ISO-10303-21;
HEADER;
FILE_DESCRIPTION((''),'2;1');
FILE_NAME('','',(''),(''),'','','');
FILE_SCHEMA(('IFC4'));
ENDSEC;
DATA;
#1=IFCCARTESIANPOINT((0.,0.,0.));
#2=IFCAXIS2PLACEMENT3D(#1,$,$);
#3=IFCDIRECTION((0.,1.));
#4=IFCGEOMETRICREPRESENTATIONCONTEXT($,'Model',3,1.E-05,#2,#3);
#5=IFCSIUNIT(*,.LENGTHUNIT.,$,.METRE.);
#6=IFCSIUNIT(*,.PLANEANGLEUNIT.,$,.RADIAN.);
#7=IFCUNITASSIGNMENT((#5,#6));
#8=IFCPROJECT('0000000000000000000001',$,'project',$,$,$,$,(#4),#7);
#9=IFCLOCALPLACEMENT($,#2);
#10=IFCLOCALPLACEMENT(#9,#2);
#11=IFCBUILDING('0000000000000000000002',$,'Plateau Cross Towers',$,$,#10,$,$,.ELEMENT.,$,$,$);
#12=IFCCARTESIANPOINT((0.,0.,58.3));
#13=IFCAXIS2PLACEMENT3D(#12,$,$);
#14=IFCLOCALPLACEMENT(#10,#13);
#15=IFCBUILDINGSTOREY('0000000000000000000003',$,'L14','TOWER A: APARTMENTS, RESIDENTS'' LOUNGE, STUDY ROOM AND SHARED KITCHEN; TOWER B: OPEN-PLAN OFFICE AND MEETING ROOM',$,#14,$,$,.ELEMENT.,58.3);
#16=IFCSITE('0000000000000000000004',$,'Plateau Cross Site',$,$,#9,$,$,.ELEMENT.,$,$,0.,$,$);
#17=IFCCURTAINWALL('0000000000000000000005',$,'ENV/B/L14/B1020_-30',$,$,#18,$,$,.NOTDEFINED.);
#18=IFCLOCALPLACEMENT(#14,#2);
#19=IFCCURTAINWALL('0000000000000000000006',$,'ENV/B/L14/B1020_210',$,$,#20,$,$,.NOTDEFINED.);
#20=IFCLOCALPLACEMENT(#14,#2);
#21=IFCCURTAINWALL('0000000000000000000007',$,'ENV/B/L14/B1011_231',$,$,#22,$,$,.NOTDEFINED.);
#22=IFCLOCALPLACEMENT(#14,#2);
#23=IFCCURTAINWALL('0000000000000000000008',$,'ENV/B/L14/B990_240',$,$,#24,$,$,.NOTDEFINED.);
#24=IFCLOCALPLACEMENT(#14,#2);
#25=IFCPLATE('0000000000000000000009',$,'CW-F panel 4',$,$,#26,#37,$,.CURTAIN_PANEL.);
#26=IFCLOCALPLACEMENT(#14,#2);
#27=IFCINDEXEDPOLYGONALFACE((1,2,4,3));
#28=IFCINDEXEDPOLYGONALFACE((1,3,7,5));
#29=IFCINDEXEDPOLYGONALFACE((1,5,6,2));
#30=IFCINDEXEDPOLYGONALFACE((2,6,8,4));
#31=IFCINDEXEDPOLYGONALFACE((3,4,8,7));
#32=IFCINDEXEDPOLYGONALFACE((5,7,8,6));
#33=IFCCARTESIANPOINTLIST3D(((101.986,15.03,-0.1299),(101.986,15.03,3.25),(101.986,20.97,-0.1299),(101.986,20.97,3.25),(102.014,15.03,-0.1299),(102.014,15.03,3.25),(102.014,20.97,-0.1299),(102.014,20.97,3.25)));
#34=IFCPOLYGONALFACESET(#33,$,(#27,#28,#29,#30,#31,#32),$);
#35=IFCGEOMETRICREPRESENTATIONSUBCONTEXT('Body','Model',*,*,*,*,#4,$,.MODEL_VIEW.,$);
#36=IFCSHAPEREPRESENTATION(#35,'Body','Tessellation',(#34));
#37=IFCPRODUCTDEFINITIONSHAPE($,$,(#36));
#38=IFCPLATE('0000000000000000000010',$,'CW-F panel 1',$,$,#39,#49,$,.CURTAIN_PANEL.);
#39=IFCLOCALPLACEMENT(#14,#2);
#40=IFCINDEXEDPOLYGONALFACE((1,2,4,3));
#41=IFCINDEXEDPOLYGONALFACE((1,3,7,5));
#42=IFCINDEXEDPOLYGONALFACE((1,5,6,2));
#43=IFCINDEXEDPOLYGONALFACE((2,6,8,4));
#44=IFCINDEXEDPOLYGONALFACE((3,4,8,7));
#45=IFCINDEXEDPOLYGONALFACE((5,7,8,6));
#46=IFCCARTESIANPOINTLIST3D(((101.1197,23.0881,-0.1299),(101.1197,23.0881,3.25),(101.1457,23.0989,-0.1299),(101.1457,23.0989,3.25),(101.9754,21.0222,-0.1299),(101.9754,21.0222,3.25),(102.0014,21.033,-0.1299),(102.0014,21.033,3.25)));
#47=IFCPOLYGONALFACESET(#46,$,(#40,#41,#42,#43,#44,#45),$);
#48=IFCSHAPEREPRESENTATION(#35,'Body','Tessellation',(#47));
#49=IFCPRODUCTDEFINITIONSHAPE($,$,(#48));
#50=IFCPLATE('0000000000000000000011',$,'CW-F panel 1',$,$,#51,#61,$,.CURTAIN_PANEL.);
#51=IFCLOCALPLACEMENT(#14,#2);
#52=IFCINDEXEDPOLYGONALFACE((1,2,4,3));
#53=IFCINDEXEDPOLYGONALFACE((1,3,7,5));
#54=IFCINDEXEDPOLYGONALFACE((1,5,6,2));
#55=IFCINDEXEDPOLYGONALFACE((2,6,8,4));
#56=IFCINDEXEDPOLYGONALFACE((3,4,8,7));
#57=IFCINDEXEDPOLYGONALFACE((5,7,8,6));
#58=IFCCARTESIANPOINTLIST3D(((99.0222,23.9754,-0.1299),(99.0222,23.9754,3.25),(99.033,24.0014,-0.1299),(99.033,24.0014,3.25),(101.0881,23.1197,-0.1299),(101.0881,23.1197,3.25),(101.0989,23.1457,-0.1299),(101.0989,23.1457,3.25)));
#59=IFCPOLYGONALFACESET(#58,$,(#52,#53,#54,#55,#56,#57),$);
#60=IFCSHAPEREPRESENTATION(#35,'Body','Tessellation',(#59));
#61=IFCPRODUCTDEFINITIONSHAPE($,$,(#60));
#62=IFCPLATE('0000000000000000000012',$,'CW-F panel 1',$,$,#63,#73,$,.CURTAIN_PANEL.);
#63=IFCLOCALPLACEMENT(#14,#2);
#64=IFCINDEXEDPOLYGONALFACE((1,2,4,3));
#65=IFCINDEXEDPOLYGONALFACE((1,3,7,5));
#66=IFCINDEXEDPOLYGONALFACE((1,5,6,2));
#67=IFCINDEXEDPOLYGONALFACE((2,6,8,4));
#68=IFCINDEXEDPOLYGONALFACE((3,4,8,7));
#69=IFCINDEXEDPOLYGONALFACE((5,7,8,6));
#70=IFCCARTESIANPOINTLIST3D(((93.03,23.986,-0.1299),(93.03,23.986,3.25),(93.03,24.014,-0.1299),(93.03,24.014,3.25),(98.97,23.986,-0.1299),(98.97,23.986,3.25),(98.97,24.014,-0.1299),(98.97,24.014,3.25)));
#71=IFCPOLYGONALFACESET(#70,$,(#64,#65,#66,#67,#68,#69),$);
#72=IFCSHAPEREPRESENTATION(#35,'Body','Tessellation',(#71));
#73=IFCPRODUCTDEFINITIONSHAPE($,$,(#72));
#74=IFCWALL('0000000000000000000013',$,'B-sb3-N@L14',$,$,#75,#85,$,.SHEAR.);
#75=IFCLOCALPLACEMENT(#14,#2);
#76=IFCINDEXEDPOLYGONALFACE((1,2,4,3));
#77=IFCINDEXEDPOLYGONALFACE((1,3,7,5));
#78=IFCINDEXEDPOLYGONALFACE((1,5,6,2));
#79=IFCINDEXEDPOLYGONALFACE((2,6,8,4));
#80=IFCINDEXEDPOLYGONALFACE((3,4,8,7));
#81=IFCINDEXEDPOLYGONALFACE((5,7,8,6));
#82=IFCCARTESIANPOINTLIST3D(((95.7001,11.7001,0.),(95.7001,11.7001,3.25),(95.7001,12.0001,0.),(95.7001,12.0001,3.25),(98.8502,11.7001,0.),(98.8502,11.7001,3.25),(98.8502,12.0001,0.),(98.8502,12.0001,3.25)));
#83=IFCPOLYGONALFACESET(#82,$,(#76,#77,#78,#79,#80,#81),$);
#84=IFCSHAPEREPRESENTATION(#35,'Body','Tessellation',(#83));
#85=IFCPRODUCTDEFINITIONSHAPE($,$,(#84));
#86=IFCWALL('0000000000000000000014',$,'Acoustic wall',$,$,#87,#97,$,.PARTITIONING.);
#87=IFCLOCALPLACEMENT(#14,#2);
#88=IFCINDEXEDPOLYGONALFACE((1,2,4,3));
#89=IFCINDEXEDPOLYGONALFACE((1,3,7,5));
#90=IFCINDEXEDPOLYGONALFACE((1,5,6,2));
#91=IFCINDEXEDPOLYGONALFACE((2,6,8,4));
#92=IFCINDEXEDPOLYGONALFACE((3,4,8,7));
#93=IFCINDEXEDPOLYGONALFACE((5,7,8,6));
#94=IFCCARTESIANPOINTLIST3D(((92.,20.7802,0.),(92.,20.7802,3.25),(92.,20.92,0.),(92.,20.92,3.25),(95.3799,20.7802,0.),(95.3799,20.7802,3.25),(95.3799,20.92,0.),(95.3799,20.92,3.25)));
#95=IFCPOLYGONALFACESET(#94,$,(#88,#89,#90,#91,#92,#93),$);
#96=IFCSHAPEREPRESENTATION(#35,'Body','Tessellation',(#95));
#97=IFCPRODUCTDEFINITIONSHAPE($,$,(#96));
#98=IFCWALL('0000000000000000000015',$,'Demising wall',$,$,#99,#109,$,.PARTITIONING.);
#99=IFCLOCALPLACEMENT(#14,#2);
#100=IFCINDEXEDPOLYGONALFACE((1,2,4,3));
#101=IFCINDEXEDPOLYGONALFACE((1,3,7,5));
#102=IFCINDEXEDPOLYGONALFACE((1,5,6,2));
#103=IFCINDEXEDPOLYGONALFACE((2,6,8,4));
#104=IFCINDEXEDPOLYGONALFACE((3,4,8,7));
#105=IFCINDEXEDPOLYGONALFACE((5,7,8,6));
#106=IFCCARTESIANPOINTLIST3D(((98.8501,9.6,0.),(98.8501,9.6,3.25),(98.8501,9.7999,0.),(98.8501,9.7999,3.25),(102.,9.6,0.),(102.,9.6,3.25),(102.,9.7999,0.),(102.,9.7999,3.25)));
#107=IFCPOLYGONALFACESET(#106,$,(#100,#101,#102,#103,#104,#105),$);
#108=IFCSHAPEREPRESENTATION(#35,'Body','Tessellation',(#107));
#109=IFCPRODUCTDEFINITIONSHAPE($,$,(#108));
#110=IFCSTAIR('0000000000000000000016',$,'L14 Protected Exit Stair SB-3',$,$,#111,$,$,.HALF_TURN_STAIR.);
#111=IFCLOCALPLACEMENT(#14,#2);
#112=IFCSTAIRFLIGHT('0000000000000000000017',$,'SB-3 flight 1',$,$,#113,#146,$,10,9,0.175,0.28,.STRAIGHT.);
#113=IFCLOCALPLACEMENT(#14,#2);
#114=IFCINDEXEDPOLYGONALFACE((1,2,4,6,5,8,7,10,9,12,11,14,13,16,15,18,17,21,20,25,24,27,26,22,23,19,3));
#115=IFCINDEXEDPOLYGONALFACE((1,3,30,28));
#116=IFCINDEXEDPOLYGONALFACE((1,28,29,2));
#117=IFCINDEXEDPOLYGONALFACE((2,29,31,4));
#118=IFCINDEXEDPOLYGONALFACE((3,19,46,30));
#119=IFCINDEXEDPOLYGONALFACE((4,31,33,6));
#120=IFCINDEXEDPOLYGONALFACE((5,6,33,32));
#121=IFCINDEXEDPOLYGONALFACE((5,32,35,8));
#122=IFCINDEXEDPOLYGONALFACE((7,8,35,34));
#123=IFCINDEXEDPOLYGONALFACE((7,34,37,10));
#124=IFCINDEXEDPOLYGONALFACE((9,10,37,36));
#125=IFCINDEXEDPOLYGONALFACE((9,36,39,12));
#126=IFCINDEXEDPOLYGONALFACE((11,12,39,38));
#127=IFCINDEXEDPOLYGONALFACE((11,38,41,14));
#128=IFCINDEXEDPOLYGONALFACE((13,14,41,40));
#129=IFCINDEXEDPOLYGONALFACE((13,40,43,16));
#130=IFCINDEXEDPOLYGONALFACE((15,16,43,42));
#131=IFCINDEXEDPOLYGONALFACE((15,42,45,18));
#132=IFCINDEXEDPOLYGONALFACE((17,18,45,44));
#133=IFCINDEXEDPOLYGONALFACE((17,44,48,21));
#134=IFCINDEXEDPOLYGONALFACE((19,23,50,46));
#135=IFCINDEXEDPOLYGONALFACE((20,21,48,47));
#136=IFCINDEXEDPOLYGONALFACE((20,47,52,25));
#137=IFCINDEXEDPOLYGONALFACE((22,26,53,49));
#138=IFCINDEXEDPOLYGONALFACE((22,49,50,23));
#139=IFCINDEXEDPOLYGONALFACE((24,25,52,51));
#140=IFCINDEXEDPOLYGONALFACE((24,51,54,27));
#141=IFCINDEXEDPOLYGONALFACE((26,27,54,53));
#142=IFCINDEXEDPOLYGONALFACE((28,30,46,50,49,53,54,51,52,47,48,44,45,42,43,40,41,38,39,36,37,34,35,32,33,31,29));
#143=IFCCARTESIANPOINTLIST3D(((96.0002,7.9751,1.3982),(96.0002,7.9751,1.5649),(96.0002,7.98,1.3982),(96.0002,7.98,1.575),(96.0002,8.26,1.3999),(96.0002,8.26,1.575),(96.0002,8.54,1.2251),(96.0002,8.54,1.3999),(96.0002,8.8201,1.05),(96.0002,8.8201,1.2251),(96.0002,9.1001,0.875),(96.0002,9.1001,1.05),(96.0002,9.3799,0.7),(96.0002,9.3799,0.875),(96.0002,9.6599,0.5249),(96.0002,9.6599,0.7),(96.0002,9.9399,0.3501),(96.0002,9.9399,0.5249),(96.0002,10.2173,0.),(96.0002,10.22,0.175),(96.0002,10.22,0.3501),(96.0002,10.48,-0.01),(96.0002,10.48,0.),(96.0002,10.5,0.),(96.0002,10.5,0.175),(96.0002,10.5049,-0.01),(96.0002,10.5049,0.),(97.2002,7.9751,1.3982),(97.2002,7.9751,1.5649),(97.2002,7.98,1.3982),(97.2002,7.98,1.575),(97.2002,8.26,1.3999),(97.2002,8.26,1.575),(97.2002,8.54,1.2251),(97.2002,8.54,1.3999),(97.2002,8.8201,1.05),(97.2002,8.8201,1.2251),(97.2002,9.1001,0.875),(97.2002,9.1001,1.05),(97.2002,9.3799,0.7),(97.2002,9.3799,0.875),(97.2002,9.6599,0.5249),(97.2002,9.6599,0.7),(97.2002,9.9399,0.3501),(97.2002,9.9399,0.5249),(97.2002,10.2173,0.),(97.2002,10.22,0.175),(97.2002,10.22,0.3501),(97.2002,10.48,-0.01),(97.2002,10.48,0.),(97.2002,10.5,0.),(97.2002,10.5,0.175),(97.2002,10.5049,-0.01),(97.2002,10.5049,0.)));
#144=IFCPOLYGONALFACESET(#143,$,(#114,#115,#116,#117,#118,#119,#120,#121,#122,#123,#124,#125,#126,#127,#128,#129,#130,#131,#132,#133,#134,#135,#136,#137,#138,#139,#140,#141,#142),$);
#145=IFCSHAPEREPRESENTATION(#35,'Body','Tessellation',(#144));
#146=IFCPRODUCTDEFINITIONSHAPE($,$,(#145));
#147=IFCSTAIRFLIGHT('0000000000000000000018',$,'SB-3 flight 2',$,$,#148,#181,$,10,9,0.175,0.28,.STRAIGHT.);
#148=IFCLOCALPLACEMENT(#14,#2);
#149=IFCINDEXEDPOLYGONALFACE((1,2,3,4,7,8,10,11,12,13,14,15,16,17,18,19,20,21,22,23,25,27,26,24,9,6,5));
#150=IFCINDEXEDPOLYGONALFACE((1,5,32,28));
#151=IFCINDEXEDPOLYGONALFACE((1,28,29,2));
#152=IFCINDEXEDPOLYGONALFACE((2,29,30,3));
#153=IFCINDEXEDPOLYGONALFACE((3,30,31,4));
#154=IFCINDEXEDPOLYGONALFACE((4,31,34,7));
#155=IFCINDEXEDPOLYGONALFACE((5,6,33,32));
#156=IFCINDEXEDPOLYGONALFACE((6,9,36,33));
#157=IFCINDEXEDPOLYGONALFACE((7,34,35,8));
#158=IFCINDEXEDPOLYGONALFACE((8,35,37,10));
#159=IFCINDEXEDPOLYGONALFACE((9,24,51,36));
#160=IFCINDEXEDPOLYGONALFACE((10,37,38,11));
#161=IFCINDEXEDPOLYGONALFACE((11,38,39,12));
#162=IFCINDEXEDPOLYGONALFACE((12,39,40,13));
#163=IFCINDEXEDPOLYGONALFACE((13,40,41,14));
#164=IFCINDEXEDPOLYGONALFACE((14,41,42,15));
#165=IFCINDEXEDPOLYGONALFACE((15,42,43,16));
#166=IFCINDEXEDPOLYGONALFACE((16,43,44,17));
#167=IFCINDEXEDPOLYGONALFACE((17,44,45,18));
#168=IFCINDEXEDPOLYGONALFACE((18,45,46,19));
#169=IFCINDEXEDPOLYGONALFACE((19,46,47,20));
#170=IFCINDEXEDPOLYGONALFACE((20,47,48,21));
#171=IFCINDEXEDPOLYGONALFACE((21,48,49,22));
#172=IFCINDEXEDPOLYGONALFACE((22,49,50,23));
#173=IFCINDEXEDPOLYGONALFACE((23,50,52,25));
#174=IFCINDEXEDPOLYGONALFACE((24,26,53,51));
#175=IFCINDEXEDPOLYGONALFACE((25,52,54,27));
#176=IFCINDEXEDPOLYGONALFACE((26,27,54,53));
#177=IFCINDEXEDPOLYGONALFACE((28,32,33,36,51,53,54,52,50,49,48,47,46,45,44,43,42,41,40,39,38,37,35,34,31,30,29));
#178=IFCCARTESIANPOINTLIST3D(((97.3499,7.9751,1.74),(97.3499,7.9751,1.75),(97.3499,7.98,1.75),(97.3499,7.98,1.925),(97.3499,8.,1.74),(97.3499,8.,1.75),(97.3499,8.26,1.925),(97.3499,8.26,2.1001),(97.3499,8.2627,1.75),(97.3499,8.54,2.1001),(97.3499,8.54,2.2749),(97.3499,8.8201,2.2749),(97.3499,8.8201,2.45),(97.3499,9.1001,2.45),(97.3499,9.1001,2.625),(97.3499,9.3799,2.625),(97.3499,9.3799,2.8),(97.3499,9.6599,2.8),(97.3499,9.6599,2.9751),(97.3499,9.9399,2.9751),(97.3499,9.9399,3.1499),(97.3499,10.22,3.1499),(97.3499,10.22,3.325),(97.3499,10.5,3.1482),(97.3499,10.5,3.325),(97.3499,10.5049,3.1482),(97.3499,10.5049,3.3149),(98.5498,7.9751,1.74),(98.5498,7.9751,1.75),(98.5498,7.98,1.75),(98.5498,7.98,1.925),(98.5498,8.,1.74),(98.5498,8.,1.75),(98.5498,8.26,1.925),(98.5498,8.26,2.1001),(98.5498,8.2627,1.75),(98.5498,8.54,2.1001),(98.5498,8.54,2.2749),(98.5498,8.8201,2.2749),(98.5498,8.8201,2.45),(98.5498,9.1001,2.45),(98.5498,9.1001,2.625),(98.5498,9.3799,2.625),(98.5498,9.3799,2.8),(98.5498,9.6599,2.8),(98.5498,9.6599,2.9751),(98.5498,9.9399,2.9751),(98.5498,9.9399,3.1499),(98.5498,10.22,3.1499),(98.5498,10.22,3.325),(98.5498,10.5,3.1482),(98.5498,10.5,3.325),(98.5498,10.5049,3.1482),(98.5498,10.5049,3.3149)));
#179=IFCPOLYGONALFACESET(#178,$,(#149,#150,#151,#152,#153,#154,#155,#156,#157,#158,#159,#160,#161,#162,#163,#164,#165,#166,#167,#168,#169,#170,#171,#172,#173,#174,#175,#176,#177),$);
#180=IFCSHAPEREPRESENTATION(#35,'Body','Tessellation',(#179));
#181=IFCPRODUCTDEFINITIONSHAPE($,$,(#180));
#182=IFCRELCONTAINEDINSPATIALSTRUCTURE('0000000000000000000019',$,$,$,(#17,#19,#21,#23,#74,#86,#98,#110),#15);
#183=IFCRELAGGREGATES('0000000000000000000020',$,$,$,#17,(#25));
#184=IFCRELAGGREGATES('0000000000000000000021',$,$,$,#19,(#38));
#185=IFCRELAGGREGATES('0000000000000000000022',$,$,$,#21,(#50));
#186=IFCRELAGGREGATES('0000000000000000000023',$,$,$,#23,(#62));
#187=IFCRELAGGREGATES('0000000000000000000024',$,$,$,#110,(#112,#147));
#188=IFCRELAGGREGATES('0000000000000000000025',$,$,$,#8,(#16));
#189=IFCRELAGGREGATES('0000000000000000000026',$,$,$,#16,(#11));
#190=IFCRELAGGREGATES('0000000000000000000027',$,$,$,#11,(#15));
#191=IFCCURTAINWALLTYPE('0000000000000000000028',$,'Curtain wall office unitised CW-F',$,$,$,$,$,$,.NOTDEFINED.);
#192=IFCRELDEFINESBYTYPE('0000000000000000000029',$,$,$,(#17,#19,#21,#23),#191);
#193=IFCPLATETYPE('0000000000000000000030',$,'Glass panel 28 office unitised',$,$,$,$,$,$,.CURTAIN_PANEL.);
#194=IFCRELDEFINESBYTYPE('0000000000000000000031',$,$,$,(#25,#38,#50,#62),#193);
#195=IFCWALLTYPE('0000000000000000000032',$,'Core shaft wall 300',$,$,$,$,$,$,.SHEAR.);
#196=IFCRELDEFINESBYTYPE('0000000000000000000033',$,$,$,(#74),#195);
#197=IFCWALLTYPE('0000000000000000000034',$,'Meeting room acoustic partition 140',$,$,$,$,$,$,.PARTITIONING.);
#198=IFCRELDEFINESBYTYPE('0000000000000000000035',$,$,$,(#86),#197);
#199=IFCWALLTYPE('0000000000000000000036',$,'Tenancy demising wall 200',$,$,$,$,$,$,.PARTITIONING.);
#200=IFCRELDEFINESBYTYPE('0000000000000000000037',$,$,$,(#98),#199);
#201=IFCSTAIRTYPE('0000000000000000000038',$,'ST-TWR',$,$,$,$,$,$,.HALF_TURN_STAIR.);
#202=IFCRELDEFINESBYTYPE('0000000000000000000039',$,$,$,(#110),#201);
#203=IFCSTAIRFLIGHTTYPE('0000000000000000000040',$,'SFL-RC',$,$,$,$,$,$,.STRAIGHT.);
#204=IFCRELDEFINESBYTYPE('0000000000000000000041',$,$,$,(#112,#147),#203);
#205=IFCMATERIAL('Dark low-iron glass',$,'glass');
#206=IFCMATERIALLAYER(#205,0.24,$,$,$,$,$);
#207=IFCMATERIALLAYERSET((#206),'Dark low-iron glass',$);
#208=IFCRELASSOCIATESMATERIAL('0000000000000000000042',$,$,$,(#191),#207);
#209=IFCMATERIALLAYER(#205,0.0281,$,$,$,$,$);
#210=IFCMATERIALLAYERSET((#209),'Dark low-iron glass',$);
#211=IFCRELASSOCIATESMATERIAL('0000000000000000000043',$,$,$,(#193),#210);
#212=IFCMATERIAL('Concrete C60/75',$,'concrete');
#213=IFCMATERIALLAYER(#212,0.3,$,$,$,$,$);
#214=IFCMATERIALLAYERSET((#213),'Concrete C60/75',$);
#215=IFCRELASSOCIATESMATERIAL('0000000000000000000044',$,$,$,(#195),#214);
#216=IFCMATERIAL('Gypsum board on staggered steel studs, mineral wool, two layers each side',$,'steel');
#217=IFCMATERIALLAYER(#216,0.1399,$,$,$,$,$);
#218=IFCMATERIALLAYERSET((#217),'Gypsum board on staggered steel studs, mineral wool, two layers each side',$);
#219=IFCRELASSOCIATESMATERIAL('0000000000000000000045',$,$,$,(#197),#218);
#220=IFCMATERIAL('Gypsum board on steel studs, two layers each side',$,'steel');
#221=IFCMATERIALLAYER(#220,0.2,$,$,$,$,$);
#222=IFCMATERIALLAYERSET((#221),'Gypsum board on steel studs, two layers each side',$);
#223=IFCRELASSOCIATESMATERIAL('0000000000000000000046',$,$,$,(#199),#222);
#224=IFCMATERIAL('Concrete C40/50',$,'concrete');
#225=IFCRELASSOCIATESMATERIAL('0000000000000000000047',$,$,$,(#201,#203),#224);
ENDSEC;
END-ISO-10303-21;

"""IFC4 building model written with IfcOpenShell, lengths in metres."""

from ifc_helpers import new_model, si_unit, direction, frame, frame_2d, origin, origin_2d, place, context, subcontext, project, spatial, polyline, rectangle, outline, extrude, material, layer, layer_set, type_object, element, aggregate, save


model = new_model("IFC4")

# Units and contexts
model_context = context("Model", 3, precision=1e-05, world=origin(), true_north=direction((0.0, 1.0)))
body_context = subcontext(model_context, "Body", "Model", "MODEL_VIEW")
ifc_project = project(units=[si_unit("LENGTHUNIT", "METRE"), si_unit("PLANEANGLEUNIT", "RADIAN")], contexts=[model_context])

# Site, building, storey
site_placement = place(None, origin())
site = spatial("IfcSite", under=ifc_project, at=site_placement, Name="Plateau Cross Site", CompositionType="ELEMENT", RefElevation=0.0)
building_placement = place(site_placement, origin())
building = spatial("IfcBuilding", under=site, at=building_placement, Name="Plateau Cross Towers", CompositionType="ELEMENT")
storey_placement = place(building_placement, frame((0.0, 0.0, 58.3)))
storey = spatial("IfcBuildingStorey", under=building, at=storey_placement, Name="L14", Description="TOWER A: APARTMENTS, RESIDENTS' LOUNGE, STUDY ROOM AND SHARED KITCHEN; TOWER B: OPEN-PLAN OFFICE AND MEETING ROOM", CompositionType="ELEMENT", Elevation=58.3)

# Shared definitions
ifc_material_1 = material(Name="Concrete C60/75", Category="concrete")

# Curtain wall
ifc_material_2 = material(Name="Dark low-iron glass", Category="glass")
ifc_layer_1 = layer(ifc_material_2, 0.24)
ifc_layer_set_1 = layer_set([ifc_layer_1], Name="Dark low-iron glass")
curtain_wall_type = type_object("IfcCurtainWallType", Name="Curtain wall office unitised CW-F", PredefinedType="NOTDEFINED", material=ifc_layer_set_1)
curtain_wall_1_placement = place(storey_placement, origin())
curtain_wall_1 = element("IfcCurtainWall", 1, at=curtain_wall_1_placement, inside=storey, type_object=curtain_wall_type, Name="ENV/B/L14/B1020_-30", PredefinedType="NOTDEFINED")

# Curtain walls
curtain_wall_2_placement = place(storey_placement, origin())
curtain_wall_2 = element("IfcCurtainWall", 2, at=curtain_wall_2_placement, inside=storey, type_object=curtain_wall_type, Name="ENV/B/L14/B1020_210", PredefinedType="NOTDEFINED")
curtain_wall_3_placement = place(storey_placement, origin())
curtain_wall_3 = element("IfcCurtainWall", 3, at=curtain_wall_3_placement, inside=storey, type_object=curtain_wall_type, Name="ENV/B/L14/B1011_231", PredefinedType="NOTDEFINED")

# Curtain wall
curtain_wall_4_placement = place(storey_placement, origin())
curtain_wall_4 = element("IfcCurtainWall", 4, at=curtain_wall_4_placement, inside=storey, type_object=curtain_wall_type, Name="ENV/B/L14/B990_240", PredefinedType="NOTDEFINED")

# Plates
ifc_layer_2 = layer(ifc_material_2, 0.0281)
ifc_layer_set_2 = layer_set([ifc_layer_2], Name="Dark low-iron glass")
plate_type = type_object("IfcPlateType", Name="Glass panel 28 office unitised", PredefinedType="CURTAIN_PANEL", material=ifc_layer_set_2)
plate_1_placement = place(storey_placement, frame((102.0, 18.0, -0.1299), z_axis=(0.0, 0.0, 1.0), x_axis=(0.0, 1.0, 0.0)))
plate_1 = element("IfcPlate", 5, at=plate_1_placement, type_object=plate_type, Name="CW-F panel 4", PredefinedType="CURTAIN_PANEL", context=body_context, shape_type="SweptSolid", body=[
    extrude(rectangle(XDim=5.9399, YDim=0.0281, at=origin_2d()), origin(), (0.0, 0.0, 1.0), 3.3799),
])
aggregate(curtain_wall_1, [plate_1])
plate_2_placement = place(storey_placement, frame((101.5605, 22.0605, -0.1299), z_axis=(0.0, 0.0, 1.0), x_axis=(-0.382684, 0.923879, 0.0)))
plate_2 = element("IfcPlate", 6, at=plate_2_placement, type_object=plate_type, Name="CW-F panel 1", PredefinedType="CURTAIN_PANEL", context=body_context, shape_type="SweptSolid", body=[
    extrude(rectangle(XDim=2.2361, YDim=0.0281, at=origin_2d()), origin(), (0.0, 0.0, 1.0), 3.3799),
])
aggregate(curtain_wall_2, [plate_2])
plate_3_placement = place(storey_placement, frame((100.0605, 23.5605, -0.1299), z_axis=(0.0, 0.0, 1.0), x_axis=(-0.923879, 0.382684, 0.0)))
plate_3 = element("IfcPlate", 7, at=plate_3_placement, type_object=plate_type, Name="CW-F panel 1", PredefinedType="CURTAIN_PANEL", context=body_context, shape_type="SweptSolid", body=[
    extrude(rectangle(XDim=2.2361, YDim=0.0281, at=origin_2d()), origin(), (0.0, 0.0, 1.0), 3.3799),
])
aggregate(curtain_wall_3, [plate_3])
plate_4_placement = place(storey_placement, frame((96.0, 24.0, -0.1299), z_axis=(0.0, 0.0, 1.0), x_axis=(-1.0, 0.0, 0.0)))
plate_4 = element("IfcPlate", 8, at=plate_4_placement, type_object=plate_type, Name="CW-F panel 1", PredefinedType="CURTAIN_PANEL", context=body_context, shape_type="SweptSolid", body=[
    extrude(rectangle(XDim=5.9399, YDim=0.0281, at=origin_2d()), origin(), (0.0, 0.0, 1.0), 3.3799),
])
aggregate(curtain_wall_4, [plate_4])

# Wall
ifc_layer_3 = layer(ifc_material_1, 0.3)
ifc_layer_set_3 = layer_set([ifc_layer_3], Name="Concrete C60/75")
wall_type_1 = type_object("IfcWallType", Name="Core shaft wall 300", PredefinedType="SHEAR", material=ifc_layer_set_3)
wall_1_placement = place(storey_placement, frame((95.7, 11.8501, 0.0), z_axis=(0.0, 0.0, 1.0), x_axis=(1.0, 0.0, 0.0)))
element("IfcWall", 9, at=wall_1_placement, inside=storey, type_object=wall_type_1, Name="B-sb3-N@L14", PredefinedType="SHEAR", context=body_context, shape_type="SweptSolid", body=[
    extrude(rectangle(XDim=3.1501, YDim=0.3, at=frame_2d((1.5752, 0.0))), origin(), (0.0, 0.0, 1.0), 3.25),
])

# Shared definitions
ifc_material_3 = material(Name="Gypsum board on staggered steel studs, mineral wool, two layers each side", Category="steel")
ifc_layer_4 = layer(ifc_material_3, 0.1399)
ifc_layer_set_4 = layer_set([ifc_layer_4], Name="Gypsum board on staggered steel studs, mineral wool, two layers each side")
wall_type_2 = type_object("IfcWallType", Name="Meeting room acoustic partition 140", PredefinedType="PARTITIONING", material=ifc_layer_set_4)

# Wall
wall_2_placement = place(storey_placement, frame((92.0, 20.8501, 0.0), z_axis=(0.0, 0.0, 1.0), x_axis=(1.0, 0.0, 0.0)))
element("IfcWall", 10, at=wall_2_placement, inside=storey, type_object=wall_type_2, Name="Acoustic wall", PredefinedType="PARTITIONING", context=body_context, shape_type="SweptSolid", body=[
    extrude(rectangle(XDim=3.3799, YDim=0.1399, at=frame_2d((1.6899, 0.0))), origin(), (0.0, 0.0, 1.0), 3.25),
])

# Wall
ifc_material_4 = material(Name="Gypsum board on steel studs, two layers each side", Category="steel")
ifc_layer_5 = layer(ifc_material_4, 0.2)
ifc_layer_set_5 = layer_set([ifc_layer_5], Name="Gypsum board on steel studs, two layers each side")
wall_type_3 = type_object("IfcWallType", Name="Tenancy demising wall 200", PredefinedType="PARTITIONING", material=ifc_layer_set_5)
wall_3_placement = place(storey_placement, frame((98.8501, 9.7, 0.0), z_axis=(0.0, 0.0, 1.0), x_axis=(1.0, 0.0, 0.0)))
element("IfcWall", 11, at=wall_3_placement, inside=storey, type_object=wall_type_3, Name="Demising wall", PredefinedType="PARTITIONING", context=body_context, shape_type="SweptSolid", body=[
    extrude(rectangle(XDim=3.1499, YDim=0.2, at=frame_2d((1.575, 0.0))), origin(), (0.0, 0.0, 1.0), 3.25),
])

# Stair, stair flights
ifc_material_5 = material(Name="Concrete C40/50", Category="concrete")
stair_type = type_object("IfcStairType", Name="ST-TWR", PredefinedType="HALF_TURN_STAIR", material=ifc_material_5)
stair_placement = place(storey_placement, origin())
stair = element("IfcStair", 12, at=stair_placement, inside=storey, type_object=stair_type, Name="L14 Protected Exit Stair SB-3", PredefinedType="HALF_TURN_STAIR")
stair_flight_type = type_object("IfcStairFlightType", Name="SFL-RC", PredefinedType="STRAIGHT", material=ifc_material_5)
stair_flight_1_placement = place(storey_placement, frame((96.6001, 10.5, 0.0), z_axis=(0.0, 0.0, 1.0), x_axis=(0.0, -1.0, 0.0)))
stair_flight_1 = element("IfcStairFlight", 13, at=stair_flight_1_placement, type_object=stair_flight_type, Name="SB-3 flight 1", NumberOfRisers=10, NumberOfTreads=9, PredefinedType="STRAIGHT", RiserHeight=0.175, TreadLength=0.28, context=body_context, shape_type="SweptSolid", body=[
    extrude(outline(polyline([(-0.0049, -0.01), (-0.0049, 0.0), (0.0, 0.0), (0.0, 0.175), (0.28, 0.175), (0.28, 0.3501), (0.5601, 0.3501), (0.5601, 0.5249), (0.8401, 0.5249), (0.8401, 0.7), (1.1201, 0.7), (1.1201, 0.875), (1.3999, 0.875), (1.3999, 1.05), (1.6799, 1.05), (1.6799, 1.2251), (1.96, 1.2251), (1.96, 1.3999), (2.24, 1.3999), (2.24, 1.575), (2.52, 1.575), (2.5249, 1.5649), (2.5249, 1.3982), (2.52, 1.3982), (0.2827, 0.0), (0.02, 0.0), (0.02, -0.01), (-0.0049, -0.01)])), frame((0.0, 0.6001, 0.0), z_axis=(0.0, -1.0, 0.0), x_axis=(1.0, 0.0, 0.0)), (0.0, 0.0, 1.0), 1.2),
])
stair_flight_2_placement = place(storey_placement, frame((97.95, 7.98, 1.75), z_axis=(0.0, 0.0, 1.0), x_axis=(0.0, 1.0, 0.0)))
stair_flight_2 = element("IfcStairFlight", 14, at=stair_flight_2_placement, type_object=stair_flight_type, Name="SB-3 flight 2", NumberOfRisers=10, NumberOfTreads=9, PredefinedType="STRAIGHT", RiserHeight=0.175, TreadLength=0.28, context=body_context, shape_type="SweptSolid", body=[
    extrude(outline(polyline([(-0.0049, -0.01), (-0.0049, 0.0), (0.0, 0.0), (0.0, 0.175), (0.28, 0.175), (0.28, 0.3501), (0.5601, 0.3501), (0.5601, 0.5249), (0.8401, 0.5249), (0.8401, 0.7), (1.1201, 0.7), (1.1201, 0.875), (1.3999, 0.875), (1.3999, 1.05), (1.6799, 1.05), (1.6799, 1.2251), (1.96, 1.2251), (1.96, 1.3999), (2.24, 1.3999), (2.24, 1.575), (2.52, 1.575), (2.5249, 1.5649), (2.5249, 1.3982), (2.52, 1.3982), (0.2827, 0.0), (0.02, 0.0), (0.02, -0.01), (-0.0049, -0.01)])), frame((0.0, 0.6001, 0.0), z_axis=(0.0, -1.0, 0.0), x_axis=(1.0, 0.0, 0.0)), (0.0, 0.0, 1.0), 1.2),
])
aggregate(stair, [stair_flight_1, stair_flight_2])

save(model, "model.ifc")
